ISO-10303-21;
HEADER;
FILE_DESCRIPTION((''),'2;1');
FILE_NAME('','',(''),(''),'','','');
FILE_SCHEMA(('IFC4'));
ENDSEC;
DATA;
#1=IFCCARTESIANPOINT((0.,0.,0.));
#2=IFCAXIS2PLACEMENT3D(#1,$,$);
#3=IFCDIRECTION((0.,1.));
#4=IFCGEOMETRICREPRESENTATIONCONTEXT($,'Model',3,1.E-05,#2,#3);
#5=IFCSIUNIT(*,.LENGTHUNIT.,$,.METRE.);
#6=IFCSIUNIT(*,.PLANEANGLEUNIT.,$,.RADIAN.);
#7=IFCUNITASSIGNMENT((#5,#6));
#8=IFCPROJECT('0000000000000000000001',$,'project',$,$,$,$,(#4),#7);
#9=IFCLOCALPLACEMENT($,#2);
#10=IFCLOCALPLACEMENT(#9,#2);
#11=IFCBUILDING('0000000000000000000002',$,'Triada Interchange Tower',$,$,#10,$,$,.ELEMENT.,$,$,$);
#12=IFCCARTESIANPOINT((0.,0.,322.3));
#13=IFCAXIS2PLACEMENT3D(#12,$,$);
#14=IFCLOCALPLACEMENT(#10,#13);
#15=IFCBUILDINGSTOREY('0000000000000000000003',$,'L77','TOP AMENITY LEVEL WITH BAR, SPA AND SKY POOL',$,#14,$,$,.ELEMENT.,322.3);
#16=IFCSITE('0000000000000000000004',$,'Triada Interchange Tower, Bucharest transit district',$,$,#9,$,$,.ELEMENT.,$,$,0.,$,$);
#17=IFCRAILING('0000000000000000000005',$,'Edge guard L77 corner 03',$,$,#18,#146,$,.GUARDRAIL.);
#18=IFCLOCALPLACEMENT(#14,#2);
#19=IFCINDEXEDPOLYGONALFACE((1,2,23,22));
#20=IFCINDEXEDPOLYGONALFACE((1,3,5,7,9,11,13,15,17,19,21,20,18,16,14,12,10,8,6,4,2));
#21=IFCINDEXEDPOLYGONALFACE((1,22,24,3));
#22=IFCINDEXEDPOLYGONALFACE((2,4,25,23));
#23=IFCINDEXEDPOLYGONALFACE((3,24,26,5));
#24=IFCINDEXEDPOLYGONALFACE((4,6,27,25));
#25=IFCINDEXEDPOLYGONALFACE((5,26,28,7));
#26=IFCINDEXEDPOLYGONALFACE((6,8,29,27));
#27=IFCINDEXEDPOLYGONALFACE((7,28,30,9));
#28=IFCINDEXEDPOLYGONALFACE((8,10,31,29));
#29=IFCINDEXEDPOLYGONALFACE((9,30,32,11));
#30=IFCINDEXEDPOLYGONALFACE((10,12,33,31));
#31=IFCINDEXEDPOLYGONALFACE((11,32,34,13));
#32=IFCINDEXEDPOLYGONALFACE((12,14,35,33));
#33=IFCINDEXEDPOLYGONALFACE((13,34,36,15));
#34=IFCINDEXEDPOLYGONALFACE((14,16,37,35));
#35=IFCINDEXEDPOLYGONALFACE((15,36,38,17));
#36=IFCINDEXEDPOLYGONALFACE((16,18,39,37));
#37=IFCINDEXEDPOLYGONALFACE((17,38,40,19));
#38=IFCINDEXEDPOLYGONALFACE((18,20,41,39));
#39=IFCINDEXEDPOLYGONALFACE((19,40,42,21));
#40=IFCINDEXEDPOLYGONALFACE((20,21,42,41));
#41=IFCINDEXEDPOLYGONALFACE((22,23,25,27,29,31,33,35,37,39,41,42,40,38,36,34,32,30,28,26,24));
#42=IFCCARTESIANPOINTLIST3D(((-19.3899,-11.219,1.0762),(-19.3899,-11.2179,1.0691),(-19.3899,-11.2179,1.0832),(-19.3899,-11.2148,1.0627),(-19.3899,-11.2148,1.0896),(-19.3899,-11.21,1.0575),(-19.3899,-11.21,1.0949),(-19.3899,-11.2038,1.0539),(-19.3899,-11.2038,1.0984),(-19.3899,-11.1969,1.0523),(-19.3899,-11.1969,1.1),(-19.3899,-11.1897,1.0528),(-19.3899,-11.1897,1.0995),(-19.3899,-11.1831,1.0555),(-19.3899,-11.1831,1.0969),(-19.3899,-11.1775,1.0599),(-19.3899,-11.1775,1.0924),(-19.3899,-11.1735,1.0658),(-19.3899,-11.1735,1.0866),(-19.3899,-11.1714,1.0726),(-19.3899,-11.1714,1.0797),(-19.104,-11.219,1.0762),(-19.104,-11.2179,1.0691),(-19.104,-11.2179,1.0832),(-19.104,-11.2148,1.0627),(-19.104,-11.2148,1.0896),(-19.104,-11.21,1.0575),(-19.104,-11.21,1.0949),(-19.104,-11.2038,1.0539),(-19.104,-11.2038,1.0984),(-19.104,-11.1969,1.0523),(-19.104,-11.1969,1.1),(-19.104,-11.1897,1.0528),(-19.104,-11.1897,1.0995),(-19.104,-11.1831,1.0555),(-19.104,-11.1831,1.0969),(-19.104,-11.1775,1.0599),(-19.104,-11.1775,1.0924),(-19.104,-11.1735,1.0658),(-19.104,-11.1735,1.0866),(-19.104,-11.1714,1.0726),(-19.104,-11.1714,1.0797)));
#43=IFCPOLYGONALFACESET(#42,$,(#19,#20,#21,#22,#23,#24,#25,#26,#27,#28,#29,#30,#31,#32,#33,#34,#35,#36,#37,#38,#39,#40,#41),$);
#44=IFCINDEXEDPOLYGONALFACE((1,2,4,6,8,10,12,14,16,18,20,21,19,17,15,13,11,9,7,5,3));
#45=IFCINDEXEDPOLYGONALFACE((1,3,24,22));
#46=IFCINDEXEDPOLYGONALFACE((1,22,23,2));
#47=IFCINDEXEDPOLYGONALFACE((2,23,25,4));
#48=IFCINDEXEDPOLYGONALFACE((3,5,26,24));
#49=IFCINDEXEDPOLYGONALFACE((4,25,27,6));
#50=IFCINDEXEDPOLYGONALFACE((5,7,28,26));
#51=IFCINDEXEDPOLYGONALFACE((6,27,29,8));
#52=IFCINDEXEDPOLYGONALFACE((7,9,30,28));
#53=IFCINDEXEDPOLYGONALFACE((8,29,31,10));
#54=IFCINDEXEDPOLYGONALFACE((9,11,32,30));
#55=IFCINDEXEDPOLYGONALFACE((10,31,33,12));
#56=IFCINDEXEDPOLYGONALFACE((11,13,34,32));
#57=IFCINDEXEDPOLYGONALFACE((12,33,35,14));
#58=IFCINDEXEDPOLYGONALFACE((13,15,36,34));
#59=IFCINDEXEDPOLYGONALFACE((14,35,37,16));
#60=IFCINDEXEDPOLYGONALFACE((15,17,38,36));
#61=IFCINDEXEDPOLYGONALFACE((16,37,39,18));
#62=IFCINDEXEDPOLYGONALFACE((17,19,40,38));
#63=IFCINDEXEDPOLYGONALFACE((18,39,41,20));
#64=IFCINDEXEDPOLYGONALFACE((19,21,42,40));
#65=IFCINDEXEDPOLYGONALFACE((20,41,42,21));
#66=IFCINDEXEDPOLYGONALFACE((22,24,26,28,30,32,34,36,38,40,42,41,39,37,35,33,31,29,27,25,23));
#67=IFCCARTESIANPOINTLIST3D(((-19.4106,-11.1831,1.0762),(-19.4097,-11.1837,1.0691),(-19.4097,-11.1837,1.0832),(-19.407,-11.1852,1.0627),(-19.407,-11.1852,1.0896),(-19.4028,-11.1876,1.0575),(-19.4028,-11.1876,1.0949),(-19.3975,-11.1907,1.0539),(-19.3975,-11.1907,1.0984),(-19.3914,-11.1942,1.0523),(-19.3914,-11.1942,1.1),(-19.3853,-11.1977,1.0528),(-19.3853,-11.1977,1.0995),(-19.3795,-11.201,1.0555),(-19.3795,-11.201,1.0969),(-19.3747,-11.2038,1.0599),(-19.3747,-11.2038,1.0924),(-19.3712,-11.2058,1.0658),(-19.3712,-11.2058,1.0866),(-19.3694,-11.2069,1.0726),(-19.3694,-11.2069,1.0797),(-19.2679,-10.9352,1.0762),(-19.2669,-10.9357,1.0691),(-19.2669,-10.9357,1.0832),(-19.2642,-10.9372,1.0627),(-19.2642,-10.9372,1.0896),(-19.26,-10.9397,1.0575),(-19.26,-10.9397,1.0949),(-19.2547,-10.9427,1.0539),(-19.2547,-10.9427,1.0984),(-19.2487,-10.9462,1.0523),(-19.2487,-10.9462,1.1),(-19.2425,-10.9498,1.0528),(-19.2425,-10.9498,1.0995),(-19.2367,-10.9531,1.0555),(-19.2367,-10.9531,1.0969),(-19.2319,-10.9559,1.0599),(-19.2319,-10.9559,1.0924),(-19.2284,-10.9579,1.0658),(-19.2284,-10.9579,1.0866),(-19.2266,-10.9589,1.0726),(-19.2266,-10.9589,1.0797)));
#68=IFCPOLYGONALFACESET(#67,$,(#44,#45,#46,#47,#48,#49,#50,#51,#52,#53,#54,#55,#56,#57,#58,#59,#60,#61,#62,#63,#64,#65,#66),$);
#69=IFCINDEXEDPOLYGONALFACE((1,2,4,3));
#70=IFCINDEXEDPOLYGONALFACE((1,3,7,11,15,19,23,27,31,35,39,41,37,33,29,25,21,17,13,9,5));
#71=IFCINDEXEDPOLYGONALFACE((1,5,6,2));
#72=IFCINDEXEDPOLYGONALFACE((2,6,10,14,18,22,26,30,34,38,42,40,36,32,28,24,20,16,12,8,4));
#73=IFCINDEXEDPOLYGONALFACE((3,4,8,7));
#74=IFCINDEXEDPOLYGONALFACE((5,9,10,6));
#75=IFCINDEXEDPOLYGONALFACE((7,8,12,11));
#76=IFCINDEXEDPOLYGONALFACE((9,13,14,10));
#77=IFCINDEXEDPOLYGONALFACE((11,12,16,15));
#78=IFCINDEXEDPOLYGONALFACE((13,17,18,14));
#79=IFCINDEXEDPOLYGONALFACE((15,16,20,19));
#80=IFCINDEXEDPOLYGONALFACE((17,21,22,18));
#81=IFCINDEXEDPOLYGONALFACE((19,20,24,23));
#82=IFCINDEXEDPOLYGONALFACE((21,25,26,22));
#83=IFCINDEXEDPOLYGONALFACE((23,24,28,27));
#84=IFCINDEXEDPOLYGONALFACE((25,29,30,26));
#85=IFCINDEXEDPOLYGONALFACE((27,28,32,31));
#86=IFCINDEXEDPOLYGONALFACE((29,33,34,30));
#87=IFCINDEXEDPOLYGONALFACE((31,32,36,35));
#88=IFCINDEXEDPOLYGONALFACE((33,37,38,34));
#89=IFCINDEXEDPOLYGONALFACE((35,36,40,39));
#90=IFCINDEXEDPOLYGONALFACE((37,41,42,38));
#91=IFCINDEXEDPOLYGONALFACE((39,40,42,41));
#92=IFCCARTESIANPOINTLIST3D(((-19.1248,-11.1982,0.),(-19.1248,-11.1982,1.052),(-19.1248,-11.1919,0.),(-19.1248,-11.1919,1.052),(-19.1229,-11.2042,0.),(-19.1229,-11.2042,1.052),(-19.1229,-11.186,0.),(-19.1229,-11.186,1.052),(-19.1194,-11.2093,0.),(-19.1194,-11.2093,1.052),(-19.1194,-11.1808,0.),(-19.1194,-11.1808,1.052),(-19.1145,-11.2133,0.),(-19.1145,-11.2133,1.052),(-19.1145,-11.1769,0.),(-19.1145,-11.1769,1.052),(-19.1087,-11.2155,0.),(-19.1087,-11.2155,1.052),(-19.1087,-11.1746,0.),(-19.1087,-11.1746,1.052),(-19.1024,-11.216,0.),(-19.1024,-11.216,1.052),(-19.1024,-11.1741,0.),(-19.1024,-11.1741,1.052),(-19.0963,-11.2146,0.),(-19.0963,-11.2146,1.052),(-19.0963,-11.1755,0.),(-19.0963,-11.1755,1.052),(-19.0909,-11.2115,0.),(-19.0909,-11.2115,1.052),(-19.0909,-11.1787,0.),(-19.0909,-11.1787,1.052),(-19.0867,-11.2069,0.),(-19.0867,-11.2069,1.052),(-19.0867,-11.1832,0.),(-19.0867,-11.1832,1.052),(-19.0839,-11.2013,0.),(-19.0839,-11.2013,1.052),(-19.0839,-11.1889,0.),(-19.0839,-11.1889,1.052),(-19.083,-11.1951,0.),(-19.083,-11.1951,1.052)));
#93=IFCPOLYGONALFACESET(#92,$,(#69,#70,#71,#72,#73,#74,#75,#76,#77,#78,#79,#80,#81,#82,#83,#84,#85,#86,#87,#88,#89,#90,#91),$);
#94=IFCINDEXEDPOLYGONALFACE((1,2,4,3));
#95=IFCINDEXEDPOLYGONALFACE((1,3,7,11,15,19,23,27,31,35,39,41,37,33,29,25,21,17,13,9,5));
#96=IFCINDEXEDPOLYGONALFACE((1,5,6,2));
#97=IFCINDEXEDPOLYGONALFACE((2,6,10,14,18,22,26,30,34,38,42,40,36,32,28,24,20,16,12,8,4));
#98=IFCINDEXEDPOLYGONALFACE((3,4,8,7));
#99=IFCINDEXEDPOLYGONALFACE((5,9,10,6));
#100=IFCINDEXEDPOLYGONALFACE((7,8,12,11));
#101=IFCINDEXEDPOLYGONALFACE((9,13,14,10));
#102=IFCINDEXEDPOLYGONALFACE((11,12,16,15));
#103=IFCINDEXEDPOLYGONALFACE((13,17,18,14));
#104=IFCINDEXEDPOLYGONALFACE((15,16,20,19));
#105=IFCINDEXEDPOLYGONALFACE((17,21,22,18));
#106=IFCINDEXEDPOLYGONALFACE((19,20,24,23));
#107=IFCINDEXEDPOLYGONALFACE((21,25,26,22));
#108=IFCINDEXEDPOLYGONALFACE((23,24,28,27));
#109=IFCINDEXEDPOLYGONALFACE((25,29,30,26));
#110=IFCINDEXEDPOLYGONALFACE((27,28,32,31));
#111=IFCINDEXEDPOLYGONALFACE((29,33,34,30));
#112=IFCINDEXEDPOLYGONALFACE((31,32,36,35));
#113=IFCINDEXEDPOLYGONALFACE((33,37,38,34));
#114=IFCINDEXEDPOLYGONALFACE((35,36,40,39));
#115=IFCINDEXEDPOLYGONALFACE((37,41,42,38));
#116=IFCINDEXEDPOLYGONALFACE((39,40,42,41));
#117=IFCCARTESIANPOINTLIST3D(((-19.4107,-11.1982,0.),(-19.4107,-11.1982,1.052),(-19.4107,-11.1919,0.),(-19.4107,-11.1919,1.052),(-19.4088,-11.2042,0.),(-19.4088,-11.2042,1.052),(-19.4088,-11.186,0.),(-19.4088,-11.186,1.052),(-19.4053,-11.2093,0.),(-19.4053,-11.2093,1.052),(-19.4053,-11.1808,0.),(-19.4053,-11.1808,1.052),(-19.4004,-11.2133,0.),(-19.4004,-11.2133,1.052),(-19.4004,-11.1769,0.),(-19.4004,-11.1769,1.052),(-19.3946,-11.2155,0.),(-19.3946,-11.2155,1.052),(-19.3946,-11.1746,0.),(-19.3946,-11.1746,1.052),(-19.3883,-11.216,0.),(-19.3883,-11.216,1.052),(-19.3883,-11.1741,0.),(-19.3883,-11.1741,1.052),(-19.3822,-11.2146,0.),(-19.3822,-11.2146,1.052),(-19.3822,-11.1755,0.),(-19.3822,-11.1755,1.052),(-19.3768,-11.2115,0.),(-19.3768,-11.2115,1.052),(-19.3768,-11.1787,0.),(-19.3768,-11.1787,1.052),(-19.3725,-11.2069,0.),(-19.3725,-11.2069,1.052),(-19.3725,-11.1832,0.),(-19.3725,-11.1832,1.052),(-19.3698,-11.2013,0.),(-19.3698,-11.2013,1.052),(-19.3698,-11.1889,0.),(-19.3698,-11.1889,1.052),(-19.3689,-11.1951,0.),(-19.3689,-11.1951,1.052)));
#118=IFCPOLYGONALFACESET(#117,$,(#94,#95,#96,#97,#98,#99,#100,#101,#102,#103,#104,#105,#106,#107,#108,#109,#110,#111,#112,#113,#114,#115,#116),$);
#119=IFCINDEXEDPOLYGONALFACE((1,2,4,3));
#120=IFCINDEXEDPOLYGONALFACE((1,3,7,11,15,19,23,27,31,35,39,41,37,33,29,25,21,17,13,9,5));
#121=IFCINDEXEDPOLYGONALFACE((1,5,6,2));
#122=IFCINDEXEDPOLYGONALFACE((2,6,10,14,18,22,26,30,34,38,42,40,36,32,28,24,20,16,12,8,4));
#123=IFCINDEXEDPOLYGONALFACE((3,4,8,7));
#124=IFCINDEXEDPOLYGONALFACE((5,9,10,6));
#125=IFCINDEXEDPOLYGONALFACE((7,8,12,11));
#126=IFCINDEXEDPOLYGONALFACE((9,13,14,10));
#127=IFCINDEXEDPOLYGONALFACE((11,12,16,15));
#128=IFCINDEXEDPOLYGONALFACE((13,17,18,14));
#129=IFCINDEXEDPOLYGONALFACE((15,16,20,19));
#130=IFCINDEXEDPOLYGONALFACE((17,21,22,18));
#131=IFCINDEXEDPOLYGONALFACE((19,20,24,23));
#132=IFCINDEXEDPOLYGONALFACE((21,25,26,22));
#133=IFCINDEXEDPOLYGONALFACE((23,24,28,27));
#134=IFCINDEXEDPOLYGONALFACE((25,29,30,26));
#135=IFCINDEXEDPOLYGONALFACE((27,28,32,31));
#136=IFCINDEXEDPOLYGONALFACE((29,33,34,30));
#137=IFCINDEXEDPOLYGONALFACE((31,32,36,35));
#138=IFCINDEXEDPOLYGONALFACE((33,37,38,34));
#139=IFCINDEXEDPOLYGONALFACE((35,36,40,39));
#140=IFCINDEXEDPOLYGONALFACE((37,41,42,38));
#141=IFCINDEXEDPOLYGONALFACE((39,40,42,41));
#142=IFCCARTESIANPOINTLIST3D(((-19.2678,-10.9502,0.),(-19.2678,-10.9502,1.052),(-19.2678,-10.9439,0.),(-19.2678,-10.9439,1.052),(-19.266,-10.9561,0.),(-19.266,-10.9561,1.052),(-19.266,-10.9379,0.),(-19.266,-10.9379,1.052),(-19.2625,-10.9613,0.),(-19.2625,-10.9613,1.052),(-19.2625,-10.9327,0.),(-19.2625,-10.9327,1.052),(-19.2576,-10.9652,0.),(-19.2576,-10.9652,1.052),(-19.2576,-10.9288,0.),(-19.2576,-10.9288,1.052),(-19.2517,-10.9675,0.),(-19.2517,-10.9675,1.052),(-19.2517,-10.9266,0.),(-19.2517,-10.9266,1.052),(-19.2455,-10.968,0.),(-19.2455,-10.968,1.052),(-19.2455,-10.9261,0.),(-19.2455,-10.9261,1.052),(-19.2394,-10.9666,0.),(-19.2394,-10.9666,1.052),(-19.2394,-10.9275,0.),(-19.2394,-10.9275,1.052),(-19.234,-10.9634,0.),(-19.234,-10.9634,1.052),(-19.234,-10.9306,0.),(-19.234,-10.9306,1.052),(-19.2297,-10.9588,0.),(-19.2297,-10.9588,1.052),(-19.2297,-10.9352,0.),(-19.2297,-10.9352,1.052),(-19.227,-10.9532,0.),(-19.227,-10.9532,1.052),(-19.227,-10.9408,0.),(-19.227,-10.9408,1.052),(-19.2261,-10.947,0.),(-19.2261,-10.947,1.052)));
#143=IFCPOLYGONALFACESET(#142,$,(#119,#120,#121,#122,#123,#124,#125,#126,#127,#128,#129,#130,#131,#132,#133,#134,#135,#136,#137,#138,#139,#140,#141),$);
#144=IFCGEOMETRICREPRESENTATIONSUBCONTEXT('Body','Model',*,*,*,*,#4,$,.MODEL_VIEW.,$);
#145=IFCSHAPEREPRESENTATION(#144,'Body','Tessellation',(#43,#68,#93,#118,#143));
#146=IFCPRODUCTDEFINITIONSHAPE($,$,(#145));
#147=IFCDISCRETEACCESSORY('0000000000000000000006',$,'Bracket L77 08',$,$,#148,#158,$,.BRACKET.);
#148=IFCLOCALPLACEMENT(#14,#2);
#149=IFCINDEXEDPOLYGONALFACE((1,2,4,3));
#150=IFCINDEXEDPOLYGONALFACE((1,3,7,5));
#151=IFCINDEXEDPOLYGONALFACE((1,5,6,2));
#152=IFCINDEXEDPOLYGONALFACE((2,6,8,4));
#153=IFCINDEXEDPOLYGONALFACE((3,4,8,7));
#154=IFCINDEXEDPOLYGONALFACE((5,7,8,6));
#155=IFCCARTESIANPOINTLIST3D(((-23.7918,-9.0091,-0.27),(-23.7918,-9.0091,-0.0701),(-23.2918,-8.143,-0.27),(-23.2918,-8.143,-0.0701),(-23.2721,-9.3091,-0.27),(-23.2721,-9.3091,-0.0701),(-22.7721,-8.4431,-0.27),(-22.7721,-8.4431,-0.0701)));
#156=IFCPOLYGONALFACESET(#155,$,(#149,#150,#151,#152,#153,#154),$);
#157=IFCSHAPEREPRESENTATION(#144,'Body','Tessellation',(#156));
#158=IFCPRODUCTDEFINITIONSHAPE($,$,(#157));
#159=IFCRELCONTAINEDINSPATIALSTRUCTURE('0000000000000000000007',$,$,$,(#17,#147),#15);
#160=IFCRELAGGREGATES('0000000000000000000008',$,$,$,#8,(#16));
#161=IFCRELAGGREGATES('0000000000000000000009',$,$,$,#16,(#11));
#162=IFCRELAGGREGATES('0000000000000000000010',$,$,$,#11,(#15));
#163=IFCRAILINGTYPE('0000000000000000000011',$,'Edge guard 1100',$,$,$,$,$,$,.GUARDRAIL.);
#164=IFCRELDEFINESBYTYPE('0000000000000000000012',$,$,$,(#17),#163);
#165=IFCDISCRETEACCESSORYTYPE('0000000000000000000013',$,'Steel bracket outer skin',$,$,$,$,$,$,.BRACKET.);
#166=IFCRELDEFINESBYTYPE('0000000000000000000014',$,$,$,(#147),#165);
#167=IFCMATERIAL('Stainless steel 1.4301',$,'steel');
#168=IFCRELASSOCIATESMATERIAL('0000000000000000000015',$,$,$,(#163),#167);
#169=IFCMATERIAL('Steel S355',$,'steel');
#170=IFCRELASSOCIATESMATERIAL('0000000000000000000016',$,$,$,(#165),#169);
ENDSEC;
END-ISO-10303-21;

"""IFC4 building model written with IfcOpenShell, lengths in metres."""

from ifc_helpers import new_model, si_unit, direction, frame, origin, origin_2d, place, context, subcontext, project, spatial, rectangle, circle, extrude, material, type_object, element, save


model = new_model("IFC4")

# Units and contexts
model_context = context("Model", 3, precision=1e-05, world=origin(), true_north=direction((0.0, 1.0)))
body_context = subcontext(model_context, "Body", "Model", "MODEL_VIEW")
ifc_project = project(units=[si_unit("LENGTHUNIT", "METRE"), si_unit("PLANEANGLEUNIT", "RADIAN")], contexts=[model_context])

# Site, building, storey
site_placement = place(None, origin())
site = spatial("IfcSite", under=ifc_project, at=site_placement, Name="Triada Interchange Tower, Bucharest transit district", CompositionType="ELEMENT", RefElevation=0.0)
building_placement = place(site_placement, origin())
building = spatial("IfcBuilding", under=site, at=building_placement, Name="Triada Interchange Tower", CompositionType="ELEMENT")
storey_placement = place(building_placement, frame((0.0, 0.0, 322.3)))
storey = spatial("IfcBuildingStorey", under=building, at=storey_placement, Name="L77", Description="TOP AMENITY LEVEL WITH BAR, SPA AND SKY POOL", CompositionType="ELEMENT", Elevation=322.3)

# Railing
ifc_material_1 = material(Name="Stainless steel 1.4301", Category="steel")
railing_type = type_object("IfcRailingType", Name="Edge guard 1100", PredefinedType="GUARDRAIL", material=ifc_material_1)
railing_1_placement = place(storey_placement, frame((-19.104, -11.1951, 0.0)))
element("IfcRailing", 1, at=railing_1_placement, inside=storey, type_object=railing_type, Name="Edge guard L77 corner 03", PredefinedType="GUARDRAIL", context=body_context, shape_type="SweptSolid", body=[
    extrude(circle(Radius=0.0239, at=origin_2d()), frame((0.0, 0.0, 1.0762), z_axis=(-1.0, 0.0, 0.0), x_axis=(0.0, -1.0, 0.0)), (0.0, 0.0, 1.0), 0.2859),
    extrude(circle(Radius=0.0239, at=origin_2d()), frame((-0.2859, 0.0, 1.0762), z_axis=(0.498984, 0.866611, 0.0), x_axis=(-0.866611, 0.498984, 0.0)), (0.0, 0.0, 1.0), 0.2861),
    extrude(circle(Radius=0.021, at=origin_2d()), origin(), (0.0, 0.0, 1.0), 1.052),
    extrude(circle(Radius=0.021, at=origin_2d()), frame((-0.2859, 0.0, 0.0)), (0.0, 0.0, 1.0), 1.052),
    extrude(circle(Radius=0.021, at=origin_2d()), frame((-0.1431, 0.248, 0.0)), (0.0, 0.0, 1.0), 1.052),
])

# Discrete accessory
ifc_material_2 = material(Name="Steel S355", Category="steel")
discrete_accessory_type = type_object("IfcDiscreteAccessoryType", Name="Steel bracket outer skin", PredefinedType="BRACKET", material=ifc_material_2)
discrete_accessory_placement = place(storey_placement, frame((-23.282, -8.7261, -0.27), z_axis=(0.0, 0.0, 1.0), x_axis=(-0.866019, 0.500011, 0.0)))
element("IfcDiscreteAccessory", 2, at=discrete_accessory_placement, inside=storey, type_object=discrete_accessory_type, Name="Bracket L77 08", PredefinedType="BRACKET", context=body_context, shape_type="SweptSolid", body=[
    extrude(rectangle(XDim=0.6001, YDim=1.0, at=origin_2d()), origin(), (0.0, 0.0, 1.0), 0.2),
])

save(model, "model.ifc")
